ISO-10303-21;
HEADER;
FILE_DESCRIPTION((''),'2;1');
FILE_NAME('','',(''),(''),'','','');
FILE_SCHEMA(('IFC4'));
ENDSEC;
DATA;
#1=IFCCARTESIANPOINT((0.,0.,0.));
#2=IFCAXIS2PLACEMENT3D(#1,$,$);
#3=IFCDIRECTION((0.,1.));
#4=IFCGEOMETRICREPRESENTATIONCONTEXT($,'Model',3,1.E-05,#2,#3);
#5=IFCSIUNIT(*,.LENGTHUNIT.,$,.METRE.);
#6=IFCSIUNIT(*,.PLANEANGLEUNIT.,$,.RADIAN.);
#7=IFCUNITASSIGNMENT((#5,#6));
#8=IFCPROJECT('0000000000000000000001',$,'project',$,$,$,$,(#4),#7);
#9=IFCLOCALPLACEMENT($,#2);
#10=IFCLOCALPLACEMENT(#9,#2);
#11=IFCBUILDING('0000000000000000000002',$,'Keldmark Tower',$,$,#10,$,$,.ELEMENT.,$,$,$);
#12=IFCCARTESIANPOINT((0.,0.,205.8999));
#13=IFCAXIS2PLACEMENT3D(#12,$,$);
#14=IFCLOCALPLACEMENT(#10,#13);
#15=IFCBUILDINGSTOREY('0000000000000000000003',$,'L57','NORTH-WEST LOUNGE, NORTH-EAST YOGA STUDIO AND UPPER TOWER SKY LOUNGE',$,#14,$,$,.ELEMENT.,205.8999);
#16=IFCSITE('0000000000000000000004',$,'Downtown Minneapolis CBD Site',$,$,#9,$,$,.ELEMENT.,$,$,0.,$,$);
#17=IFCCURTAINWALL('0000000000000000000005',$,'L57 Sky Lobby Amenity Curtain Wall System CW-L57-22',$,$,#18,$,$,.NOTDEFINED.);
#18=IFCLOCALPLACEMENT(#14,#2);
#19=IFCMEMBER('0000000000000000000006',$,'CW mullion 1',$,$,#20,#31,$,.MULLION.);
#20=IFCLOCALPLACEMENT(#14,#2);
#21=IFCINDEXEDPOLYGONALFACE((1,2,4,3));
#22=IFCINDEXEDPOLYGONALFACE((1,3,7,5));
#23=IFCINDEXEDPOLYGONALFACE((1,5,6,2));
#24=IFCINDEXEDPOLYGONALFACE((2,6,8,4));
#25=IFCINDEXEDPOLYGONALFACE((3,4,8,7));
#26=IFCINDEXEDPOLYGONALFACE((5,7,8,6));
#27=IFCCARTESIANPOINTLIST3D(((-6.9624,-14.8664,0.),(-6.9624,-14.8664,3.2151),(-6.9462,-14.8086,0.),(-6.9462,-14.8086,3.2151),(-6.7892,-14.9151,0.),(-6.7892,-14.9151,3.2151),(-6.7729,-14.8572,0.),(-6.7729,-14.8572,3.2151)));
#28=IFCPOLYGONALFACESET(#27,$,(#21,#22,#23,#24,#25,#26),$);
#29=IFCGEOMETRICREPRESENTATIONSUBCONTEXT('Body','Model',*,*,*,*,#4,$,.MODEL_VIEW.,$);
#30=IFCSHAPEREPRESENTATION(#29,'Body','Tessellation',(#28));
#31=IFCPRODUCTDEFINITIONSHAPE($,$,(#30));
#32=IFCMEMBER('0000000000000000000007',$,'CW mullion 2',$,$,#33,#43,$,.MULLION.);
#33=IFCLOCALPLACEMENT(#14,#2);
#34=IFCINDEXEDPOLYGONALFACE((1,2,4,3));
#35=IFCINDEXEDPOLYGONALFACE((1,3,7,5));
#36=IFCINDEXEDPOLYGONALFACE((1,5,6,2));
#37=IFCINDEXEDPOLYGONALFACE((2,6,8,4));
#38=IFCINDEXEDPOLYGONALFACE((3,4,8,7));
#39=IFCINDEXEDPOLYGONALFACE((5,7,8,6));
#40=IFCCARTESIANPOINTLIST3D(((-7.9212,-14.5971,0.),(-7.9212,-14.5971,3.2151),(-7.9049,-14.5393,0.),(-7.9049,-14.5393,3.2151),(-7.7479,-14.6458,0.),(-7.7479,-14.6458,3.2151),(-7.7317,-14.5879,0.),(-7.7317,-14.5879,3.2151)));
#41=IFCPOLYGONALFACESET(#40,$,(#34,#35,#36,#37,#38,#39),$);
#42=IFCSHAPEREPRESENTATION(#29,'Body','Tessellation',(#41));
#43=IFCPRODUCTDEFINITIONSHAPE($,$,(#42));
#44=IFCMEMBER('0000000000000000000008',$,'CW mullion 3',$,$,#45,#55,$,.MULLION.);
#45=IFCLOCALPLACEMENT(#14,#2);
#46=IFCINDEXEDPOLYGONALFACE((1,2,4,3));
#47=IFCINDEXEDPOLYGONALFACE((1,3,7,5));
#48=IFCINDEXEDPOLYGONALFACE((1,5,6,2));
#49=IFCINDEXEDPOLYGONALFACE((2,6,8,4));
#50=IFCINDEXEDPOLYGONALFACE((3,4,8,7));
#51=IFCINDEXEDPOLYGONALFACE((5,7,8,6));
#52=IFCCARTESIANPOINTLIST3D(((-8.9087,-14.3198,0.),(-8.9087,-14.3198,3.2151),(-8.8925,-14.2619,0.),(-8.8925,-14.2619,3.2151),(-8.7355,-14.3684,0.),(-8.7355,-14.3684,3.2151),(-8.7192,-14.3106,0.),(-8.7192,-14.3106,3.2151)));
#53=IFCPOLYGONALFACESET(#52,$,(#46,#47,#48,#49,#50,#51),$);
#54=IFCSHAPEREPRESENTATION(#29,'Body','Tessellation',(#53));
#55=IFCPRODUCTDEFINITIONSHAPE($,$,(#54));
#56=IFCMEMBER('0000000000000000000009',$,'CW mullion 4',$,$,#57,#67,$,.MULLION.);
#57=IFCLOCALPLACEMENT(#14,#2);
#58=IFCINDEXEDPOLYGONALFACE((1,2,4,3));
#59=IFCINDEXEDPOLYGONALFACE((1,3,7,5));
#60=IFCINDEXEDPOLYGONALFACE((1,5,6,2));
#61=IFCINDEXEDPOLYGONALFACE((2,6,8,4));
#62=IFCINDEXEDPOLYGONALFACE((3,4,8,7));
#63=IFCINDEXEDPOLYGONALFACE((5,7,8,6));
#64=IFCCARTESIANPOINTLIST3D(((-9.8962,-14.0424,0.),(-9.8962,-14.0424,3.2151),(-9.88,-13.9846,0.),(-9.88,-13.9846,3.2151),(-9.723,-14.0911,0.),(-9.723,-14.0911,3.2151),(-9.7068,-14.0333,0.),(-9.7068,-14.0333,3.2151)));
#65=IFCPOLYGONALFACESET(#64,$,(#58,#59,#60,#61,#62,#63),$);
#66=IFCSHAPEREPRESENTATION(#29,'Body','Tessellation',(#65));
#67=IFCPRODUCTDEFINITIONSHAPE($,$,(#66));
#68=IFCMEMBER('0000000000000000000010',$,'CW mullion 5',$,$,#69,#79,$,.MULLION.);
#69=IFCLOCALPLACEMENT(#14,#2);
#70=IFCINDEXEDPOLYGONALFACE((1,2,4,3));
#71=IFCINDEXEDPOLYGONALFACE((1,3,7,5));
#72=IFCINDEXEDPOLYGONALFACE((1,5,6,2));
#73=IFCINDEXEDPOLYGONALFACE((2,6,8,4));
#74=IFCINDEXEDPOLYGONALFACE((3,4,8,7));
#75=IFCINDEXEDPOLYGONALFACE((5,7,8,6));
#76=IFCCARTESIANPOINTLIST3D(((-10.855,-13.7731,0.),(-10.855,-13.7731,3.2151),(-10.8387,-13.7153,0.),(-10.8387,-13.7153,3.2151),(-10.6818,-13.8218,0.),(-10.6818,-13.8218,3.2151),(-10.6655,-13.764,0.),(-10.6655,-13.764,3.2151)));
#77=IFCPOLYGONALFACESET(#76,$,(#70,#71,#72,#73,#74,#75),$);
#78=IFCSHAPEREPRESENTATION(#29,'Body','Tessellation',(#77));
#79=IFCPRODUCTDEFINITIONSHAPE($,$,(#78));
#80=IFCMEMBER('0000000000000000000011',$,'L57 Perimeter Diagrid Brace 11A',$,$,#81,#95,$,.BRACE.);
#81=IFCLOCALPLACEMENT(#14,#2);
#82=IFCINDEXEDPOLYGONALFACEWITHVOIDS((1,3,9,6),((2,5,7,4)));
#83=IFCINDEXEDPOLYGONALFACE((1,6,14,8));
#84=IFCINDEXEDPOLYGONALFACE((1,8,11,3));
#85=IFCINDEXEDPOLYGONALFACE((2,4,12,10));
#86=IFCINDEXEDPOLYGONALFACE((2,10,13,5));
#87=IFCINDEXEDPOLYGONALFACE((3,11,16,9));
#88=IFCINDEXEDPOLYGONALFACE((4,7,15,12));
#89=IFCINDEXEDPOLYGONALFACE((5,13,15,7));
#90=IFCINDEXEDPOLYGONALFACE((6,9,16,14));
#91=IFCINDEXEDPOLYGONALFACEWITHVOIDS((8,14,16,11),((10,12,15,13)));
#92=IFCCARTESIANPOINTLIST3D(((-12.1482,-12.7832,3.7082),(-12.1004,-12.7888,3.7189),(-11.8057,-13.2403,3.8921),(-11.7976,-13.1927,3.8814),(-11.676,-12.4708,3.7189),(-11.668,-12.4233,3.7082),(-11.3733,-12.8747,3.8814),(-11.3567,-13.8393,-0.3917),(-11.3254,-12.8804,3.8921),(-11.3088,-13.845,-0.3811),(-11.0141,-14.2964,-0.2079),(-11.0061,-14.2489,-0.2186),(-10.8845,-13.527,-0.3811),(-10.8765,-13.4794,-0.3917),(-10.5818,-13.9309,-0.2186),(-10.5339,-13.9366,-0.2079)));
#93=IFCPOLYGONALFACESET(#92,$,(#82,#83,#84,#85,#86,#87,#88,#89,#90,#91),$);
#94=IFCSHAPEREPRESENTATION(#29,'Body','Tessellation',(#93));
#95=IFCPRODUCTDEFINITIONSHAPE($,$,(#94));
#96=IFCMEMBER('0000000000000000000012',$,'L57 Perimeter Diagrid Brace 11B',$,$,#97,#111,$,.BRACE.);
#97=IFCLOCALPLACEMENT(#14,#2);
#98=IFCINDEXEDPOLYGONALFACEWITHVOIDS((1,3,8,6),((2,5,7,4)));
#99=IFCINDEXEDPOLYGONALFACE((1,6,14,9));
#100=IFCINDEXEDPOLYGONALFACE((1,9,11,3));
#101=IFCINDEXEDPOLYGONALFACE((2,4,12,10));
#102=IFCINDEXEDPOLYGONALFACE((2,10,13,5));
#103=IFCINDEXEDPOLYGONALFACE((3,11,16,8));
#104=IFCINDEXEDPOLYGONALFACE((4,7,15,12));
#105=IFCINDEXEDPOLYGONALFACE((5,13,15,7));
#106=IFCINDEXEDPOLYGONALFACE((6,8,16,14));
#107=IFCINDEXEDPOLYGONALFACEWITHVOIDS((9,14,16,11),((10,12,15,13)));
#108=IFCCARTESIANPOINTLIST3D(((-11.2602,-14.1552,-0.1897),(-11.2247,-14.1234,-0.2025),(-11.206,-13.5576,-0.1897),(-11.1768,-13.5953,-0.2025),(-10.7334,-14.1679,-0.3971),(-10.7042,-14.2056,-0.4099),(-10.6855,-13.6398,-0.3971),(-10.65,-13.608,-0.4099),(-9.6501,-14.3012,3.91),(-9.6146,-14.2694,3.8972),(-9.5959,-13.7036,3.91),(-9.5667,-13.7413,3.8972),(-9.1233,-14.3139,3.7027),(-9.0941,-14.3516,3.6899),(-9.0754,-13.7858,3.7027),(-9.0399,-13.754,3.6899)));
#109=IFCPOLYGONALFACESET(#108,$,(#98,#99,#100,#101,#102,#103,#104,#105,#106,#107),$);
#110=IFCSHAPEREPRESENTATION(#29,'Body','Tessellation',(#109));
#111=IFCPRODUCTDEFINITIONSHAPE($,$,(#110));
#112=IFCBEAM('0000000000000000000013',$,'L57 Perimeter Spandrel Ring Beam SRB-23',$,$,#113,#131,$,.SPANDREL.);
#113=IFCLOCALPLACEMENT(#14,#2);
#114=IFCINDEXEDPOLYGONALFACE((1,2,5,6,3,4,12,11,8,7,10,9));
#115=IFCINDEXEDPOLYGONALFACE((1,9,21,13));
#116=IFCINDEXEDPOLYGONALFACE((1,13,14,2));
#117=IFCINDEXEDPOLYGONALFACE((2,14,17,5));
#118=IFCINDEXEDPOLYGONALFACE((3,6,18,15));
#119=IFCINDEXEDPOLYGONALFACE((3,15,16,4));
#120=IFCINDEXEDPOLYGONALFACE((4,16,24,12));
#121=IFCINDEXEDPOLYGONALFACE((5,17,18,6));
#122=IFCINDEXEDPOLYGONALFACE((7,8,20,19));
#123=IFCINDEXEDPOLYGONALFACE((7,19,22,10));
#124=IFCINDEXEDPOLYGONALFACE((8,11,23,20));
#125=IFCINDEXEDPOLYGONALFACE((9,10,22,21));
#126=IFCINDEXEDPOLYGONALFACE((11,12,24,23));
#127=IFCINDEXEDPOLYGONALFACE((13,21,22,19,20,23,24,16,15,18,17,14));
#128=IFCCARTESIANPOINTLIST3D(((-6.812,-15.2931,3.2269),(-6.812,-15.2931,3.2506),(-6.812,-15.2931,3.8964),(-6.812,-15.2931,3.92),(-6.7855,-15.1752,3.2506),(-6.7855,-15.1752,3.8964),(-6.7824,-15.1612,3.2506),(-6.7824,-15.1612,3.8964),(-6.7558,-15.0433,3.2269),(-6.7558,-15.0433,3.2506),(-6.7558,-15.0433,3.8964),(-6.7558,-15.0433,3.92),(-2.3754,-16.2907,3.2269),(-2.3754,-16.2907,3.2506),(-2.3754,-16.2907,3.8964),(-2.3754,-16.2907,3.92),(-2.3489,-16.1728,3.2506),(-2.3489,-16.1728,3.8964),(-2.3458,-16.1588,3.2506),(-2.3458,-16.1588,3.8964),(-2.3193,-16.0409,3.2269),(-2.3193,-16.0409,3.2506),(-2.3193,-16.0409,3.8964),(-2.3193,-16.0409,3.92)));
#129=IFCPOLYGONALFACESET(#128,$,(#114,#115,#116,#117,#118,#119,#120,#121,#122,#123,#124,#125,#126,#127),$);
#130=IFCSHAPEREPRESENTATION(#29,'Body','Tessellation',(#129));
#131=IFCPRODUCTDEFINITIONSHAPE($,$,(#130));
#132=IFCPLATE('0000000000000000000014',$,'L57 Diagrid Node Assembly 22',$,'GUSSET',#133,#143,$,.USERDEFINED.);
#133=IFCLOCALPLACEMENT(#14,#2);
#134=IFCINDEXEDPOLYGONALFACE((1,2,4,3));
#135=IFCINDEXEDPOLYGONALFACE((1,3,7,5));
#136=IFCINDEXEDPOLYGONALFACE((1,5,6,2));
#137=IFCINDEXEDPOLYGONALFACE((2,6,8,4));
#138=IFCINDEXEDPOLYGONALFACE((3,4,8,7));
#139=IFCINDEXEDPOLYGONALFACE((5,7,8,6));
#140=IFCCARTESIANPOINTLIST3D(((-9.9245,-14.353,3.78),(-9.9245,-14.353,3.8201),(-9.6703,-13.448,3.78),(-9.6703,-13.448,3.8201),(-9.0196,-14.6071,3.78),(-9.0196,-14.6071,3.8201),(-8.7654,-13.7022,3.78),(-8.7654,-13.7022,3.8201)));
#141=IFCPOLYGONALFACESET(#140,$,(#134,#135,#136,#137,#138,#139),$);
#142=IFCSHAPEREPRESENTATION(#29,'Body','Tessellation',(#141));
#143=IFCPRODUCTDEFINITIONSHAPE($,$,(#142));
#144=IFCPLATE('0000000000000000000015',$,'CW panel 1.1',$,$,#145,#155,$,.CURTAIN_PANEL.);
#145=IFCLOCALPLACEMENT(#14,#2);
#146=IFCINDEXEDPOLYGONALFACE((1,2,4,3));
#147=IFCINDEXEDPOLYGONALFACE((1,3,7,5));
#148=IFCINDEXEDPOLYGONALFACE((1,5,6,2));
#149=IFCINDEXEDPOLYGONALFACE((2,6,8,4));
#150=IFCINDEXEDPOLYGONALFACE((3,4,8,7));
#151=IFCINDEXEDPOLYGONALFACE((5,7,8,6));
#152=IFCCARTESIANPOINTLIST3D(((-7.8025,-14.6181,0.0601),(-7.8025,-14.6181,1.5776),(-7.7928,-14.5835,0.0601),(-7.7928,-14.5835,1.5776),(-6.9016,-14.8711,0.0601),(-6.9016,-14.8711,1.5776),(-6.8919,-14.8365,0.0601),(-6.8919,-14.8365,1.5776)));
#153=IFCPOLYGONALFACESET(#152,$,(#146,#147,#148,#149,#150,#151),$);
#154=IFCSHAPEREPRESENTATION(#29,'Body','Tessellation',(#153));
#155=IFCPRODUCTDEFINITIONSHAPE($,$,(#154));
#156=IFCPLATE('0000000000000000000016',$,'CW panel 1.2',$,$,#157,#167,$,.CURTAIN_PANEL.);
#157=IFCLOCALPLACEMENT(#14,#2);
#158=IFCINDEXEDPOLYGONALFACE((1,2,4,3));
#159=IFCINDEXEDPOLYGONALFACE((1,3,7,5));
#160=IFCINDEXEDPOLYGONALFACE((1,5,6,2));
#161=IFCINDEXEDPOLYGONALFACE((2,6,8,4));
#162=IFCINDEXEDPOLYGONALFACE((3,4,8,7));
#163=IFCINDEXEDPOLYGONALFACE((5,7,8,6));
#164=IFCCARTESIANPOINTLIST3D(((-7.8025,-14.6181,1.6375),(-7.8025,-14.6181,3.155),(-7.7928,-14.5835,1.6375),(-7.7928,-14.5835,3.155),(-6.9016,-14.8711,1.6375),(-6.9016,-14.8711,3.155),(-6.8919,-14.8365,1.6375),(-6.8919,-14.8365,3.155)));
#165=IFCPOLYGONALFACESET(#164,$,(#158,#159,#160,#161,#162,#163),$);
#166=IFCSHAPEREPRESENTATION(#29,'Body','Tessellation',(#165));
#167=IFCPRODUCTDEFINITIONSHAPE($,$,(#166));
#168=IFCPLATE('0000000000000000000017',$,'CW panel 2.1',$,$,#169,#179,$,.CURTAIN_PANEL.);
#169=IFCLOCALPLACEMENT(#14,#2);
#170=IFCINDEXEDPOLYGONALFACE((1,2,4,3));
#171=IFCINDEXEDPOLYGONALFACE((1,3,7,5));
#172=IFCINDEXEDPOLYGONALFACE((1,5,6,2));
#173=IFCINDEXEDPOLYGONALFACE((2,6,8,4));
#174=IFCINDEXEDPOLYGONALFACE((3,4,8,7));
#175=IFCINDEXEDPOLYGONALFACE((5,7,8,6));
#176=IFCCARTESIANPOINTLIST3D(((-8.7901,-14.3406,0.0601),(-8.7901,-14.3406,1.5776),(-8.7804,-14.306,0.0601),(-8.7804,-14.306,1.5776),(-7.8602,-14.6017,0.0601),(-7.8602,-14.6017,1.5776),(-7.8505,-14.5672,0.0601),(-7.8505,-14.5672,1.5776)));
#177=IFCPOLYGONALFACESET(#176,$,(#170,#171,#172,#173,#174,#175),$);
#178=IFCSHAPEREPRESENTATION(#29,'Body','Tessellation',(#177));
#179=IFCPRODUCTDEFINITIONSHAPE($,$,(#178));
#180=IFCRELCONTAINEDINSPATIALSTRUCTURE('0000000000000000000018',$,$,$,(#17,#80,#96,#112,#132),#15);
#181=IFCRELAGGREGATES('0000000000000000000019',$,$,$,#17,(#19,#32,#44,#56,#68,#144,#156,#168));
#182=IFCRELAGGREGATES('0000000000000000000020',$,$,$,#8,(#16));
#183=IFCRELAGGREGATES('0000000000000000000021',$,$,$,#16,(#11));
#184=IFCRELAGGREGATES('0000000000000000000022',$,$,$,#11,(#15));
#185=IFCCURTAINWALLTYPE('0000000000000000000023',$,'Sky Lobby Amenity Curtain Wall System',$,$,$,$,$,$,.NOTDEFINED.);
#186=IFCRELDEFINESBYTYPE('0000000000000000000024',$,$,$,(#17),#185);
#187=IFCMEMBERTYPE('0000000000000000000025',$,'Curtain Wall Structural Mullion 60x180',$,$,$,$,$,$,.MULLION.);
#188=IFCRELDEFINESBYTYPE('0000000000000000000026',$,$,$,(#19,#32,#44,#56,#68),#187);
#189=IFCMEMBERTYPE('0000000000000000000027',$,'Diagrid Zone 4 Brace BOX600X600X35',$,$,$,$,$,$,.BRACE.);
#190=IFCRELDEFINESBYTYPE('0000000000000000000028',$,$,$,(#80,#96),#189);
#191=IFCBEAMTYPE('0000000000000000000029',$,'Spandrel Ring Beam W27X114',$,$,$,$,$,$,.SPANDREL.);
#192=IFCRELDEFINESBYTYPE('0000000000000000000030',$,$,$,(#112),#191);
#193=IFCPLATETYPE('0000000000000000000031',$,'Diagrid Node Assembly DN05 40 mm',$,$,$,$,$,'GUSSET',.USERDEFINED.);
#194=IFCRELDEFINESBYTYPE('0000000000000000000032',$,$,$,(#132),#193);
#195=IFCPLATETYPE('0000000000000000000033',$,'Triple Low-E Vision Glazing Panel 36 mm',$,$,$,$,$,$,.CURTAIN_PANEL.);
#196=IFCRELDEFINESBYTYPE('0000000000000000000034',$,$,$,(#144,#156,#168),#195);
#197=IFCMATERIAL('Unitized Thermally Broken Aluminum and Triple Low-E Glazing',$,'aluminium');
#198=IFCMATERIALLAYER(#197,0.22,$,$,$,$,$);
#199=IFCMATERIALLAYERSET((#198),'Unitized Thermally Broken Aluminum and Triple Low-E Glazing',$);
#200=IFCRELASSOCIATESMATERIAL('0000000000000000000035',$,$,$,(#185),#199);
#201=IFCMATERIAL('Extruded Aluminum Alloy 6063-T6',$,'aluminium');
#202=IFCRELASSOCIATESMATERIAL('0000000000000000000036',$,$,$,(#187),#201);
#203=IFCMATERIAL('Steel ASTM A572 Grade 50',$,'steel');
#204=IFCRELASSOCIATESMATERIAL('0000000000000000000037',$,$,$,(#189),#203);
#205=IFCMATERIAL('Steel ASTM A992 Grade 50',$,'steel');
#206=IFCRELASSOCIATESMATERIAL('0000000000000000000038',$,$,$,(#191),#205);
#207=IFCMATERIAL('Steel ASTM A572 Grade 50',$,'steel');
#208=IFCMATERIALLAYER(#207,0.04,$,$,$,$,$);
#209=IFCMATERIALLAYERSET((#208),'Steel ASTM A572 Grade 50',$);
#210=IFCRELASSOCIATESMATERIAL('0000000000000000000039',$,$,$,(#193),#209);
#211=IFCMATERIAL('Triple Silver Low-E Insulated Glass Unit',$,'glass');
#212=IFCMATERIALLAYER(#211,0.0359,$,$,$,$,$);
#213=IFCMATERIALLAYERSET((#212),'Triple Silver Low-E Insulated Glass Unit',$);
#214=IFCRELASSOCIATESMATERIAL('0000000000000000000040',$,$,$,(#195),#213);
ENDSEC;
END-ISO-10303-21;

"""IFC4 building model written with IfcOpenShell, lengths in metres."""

from ifc_helpers import new_model, si_unit, direction, frame, origin, origin_2d, place, context, subcontext, project, spatial, rectangle, hollow_rectangle, i_section, extrude, material, layer, layer_set, material_profile, profile_set, type_object, element, aggregate, save


model = new_model("IFC4")

# Units and contexts
model_context = context("Model", 3, precision=1e-05, world=origin(), true_north=direction((0.0, 1.0)))
body_context = subcontext(model_context, "Body", "Model", "MODEL_VIEW")
ifc_project = project(units=[si_unit("LENGTHUNIT", "METRE"), si_unit("PLANEANGLEUNIT", "RADIAN")], contexts=[model_context])

# Site, building, storey
site_placement = place(None, origin())
site = spatial("IfcSite", under=ifc_project, at=site_placement, Name="Downtown Minneapolis CBD Site", CompositionType="ELEMENT", RefElevation=0.0)
building_placement = place(site_placement, origin())
building = spatial("IfcBuilding", under=site, at=building_placement, Name="Keldmark Tower", CompositionType="ELEMENT")
storey_placement = place(building_placement, frame((0.0, 0.0, 205.8999)))
storey = spatial("IfcBuildingStorey", under=building, at=storey_placement, Name="L57", Description="NORTH-WEST LOUNGE, NORTH-EAST YOGA STUDIO AND UPPER TOWER SKY LOUNGE", CompositionType="ELEMENT", Elevation=205.8999)

# Curtain wall, members
ifc_material_1 = material(Name="Unitized Thermally Broken Aluminum and Triple Low-E Glazing", Category="aluminium")
ifc_layer_1 = layer(ifc_material_1, 0.22)
ifc_layer_set_1 = layer_set([ifc_layer_1], Name="Unitized Thermally Broken Aluminum and Triple Low-E Glazing")
curtain_wall_type = type_object("IfcCurtainWallType", Name="Sky Lobby Amenity Curtain Wall System", PredefinedType="NOTDEFINED", material=ifc_layer_set_1)
curtain_wall_placement = place(storey_placement, origin())
curtain_wall = element("IfcCurtainWall", 1, at=curtain_wall_placement, inside=storey, type_object=curtain_wall_type, Name="L57 Sky Lobby Amenity Curtain Wall System CW-L57-22", PredefinedType="NOTDEFINED")
ifc_material_2 = material(Name="Extruded Aluminum Alloy 6063-T6", Category="aluminium")
ifc_material_profile_1 = material_profile(ifc_material_2, rectangle(XDim=0.0601, YDim=0.1799, at=origin_2d()), Name="CWM60X180")
ifc_profile_set_1 = profile_set([ifc_material_profile_1], Name="Extruded Aluminum Alloy 6063-T6")
member_type_1 = type_object("IfcMemberType", Name="Curtain Wall Structural Mullion 60x180", PredefinedType="MULLION", material=ifc_profile_set_1)
member_1_placement = place(storey_placement, frame((-6.8677, -14.8618, 0.0), z_axis=(0.0, 0.0, 1.0), x_axis=(-0.270402, -0.962748, 0.0)))
member_1 = element("IfcMember", 2, at=member_1_placement, type_object=member_type_1, Name="CW mullion 1", PredefinedType="MULLION", context=body_context, shape_type="SweptSolid", body=[
    extrude(rectangle(XDim=0.0601, YDim=0.1799, at=origin_2d()), origin(), (0.0, 0.0, 1.0), 3.2151),
])
member_2_placement = place(storey_placement, frame((-7.8264, -14.5925, 0.0), z_axis=(0.0, 0.0, 1.0), x_axis=(-0.270402, -0.962748, 0.0)))
member_2 = element("IfcMember", 3, at=member_2_placement, type_object=member_type_1, Name="CW mullion 2", PredefinedType="MULLION", context=body_context, shape_type="SweptSolid", body=[
    extrude(rectangle(XDim=0.0601, YDim=0.1799, at=origin_2d()), origin(), (0.0, 0.0, 1.0), 3.2151),
])
member_3_placement = place(storey_placement, frame((-8.814, -14.3152, 0.0), z_axis=(0.0, 0.0, 1.0), x_axis=(-0.270402, -0.962748, 0.0)))
member_3 = element("IfcMember", 4, at=member_3_placement, type_object=member_type_1, Name="CW mullion 3", PredefinedType="MULLION", context=body_context, shape_type="SweptSolid", body=[
    extrude(rectangle(XDim=0.0601, YDim=0.1799, at=origin_2d()), origin(), (0.0, 0.0, 1.0), 3.2151),
])
member_4_placement = place(storey_placement, frame((-9.8015, -14.0378, 0.0), z_axis=(0.0, 0.0, 1.0), x_axis=(-0.270402, -0.962748, 0.0)))
member_4 = element("IfcMember", 5, at=member_4_placement, type_object=member_type_1, Name="CW mullion 4", PredefinedType="MULLION", context=body_context, shape_type="SweptSolid", body=[
    extrude(rectangle(XDim=0.0601, YDim=0.1799, at=origin_2d()), origin(), (0.0, 0.0, 1.0), 3.2151),
])
member_5_placement = place(storey_placement, frame((-10.7603, -13.7686, 0.0), z_axis=(0.0, 0.0, 1.0), x_axis=(-0.270402, -0.962748, 0.0)))
member_5 = element("IfcMember", 6, at=member_5_placement, type_object=member_type_1, Name="CW mullion 5", PredefinedType="MULLION", context=body_context, shape_type="SweptSolid", body=[
    extrude(rectangle(XDim=0.0601, YDim=0.1799, at=origin_2d()), origin(), (0.0, 0.0, 1.0), 3.2151),
])

# Members
ifc_material_3 = material(Name="Steel ASTM A572 Grade 50", Category="steel")
ifc_material_profile_2 = material_profile(ifc_material_3, hollow_rectangle(XDim=0.6001, YDim=0.6001, WallThickness=0.0349, at=origin_2d()), Name="BOX600X600X35")
ifc_profile_set_2 = profile_set([ifc_material_profile_2], Name="Steel ASTM A572 Grade 50")
member_type_2 = type_object("IfcMemberType", Name="Diagrid Zone 4 Brace BOX600X600X35", PredefinedType="BRACE", material=ifc_profile_set_2)
member_6_placement = place(storey_placement, frame((-10.9453, -13.8879, -0.2998), z_axis=(-0.183769, 0.245214, 0.951892), x_axis=(-0.800222, -0.599704, 0.0)))
element("IfcMember", 7, at=member_6_placement, inside=storey, type_object=member_type_2, Name="L57 Perimeter Diagrid Brace 11A", PredefinedType="BRACE", context=body_context, shape_type="SweptSolid", body=[
    extrude(hollow_rectangle(XDim=0.6001, YDim=0.6001, WallThickness=0.0349, at=origin_2d()), origin(), (0.0, 0.0, 1.0), 4.3071),
])
member_7_placement = place(storey_placement, frame((-10.9551, -13.8816, -0.2998), z_axis=(0.365344, -0.033127, 0.930283), x_axis=(0.090304, 0.995914, 0.0)))
element("IfcMember", 8, at=member_7_placement, inside=storey, type_object=member_type_2, Name="L57 Perimeter Diagrid Brace 11B", PredefinedType="BRACE", context=body_context, shape_type="SweptSolid", body=[
    extrude(hollow_rectangle(XDim=0.6001, YDim=0.6001, WallThickness=0.0349, at=origin_2d()), origin(), (0.0, 0.0, 1.0), 4.407),
])

# Beam
ifc_material_4 = material(Name="Steel ASTM A992 Grade 50", Category="steel")
ifc_material_profile_3 = material_profile(ifc_material_4, i_section(OverallWidth=0.2561, OverallDepth=0.6931, WebThickness=0.0144, FlangeThickness=0.0237, at=origin_2d()), Name="W27X114")
ifc_profile_set_3 = profile_set([ifc_material_profile_3], Name="Steel ASTM A992 Grade 50")
beam_type_1 = type_object("IfcBeamType", Name="Spandrel Ring Beam W27X114", PredefinedType="SPANDREL", material=ifc_profile_set_3)
beam_1_placement = place(storey_placement, frame((-6.7839, -15.1682, 3.5735), z_axis=(0.975641, -0.219374, 0.0), x_axis=(0.219374, 0.975641, 0.0)))
element("IfcBeam", 9, at=beam_1_placement, inside=storey, type_object=beam_type_1, Name="L57 Perimeter Spandrel Ring Beam SRB-23", PredefinedType="SPANDREL", context=body_context, shape_type="SweptSolid", body=[
    extrude(i_section(OverallWidth=0.2561, OverallDepth=0.6931, WebThickness=0.0144, FlangeThickness=0.0237, at=origin_2d()), origin(), (0.0, 0.0, 1.0), 4.5474),
])

# Plates
ifc_material_5 = material(Name="Steel ASTM A572 Grade 50", Category="steel")
ifc_layer_2 = layer(ifc_material_5, 0.04)
ifc_layer_set_2 = layer_set([ifc_layer_2], Name="Steel ASTM A572 Grade 50")
plate_type_1 = type_object("IfcPlateType", Name="Diagrid Node Assembly DN05 40 mm", ElementType="GUSSET", PredefinedType="USERDEFINED", material=ifc_layer_set_2)
plate_1_placement = place(storey_placement, frame((-9.345, -14.0276, 3.78), z_axis=(0.0, 0.0, 1.0), x_axis=(0.962739, -0.270432, 0.0)))
element("IfcPlate", 10, at=plate_1_placement, inside=storey, type_object=plate_type_1, Name="L57 Diagrid Node Assembly 22", ObjectType="GUSSET", PredefinedType="USERDEFINED", context=body_context, shape_type="SweptSolid", body=[
    extrude(rectangle(XDim=0.9399, YDim=0.9399, at=origin_2d()), origin(), (0.0, 0.0, 1.0), 0.04),
])
ifc_material_6 = material(Name="Triple Silver Low-E Insulated Glass Unit", Category="glass")
ifc_layer_3 = layer(ifc_material_6, 0.0359)
ifc_layer_set_3 = layer_set([ifc_layer_3], Name="Triple Silver Low-E Insulated Glass Unit")
plate_type_2 = type_object("IfcPlateType", Name="Triple Low-E Vision Glazing Panel 36 mm", PredefinedType="CURTAIN_PANEL", material=ifc_layer_set_3)
plate_2_placement = place(storey_placement, frame((-7.3472, -14.7273, 0.0601), z_axis=(0.0, 0.0, 1.0), x_axis=(-0.962748, 0.270402, 0.0)))
plate_2 = element("IfcPlate", 11, at=plate_2_placement, type_object=plate_type_2, Name="CW panel 1.1", PredefinedType="CURTAIN_PANEL", context=body_context, shape_type="SweptSolid", body=[
    extrude(rectangle(XDim=0.9358, YDim=0.0359, at=origin_2d()), origin(), (0.0, 0.0, 1.0), 1.5176),
])
plate_3_placement = place(storey_placement, frame((-7.3472, -14.7273, 1.6375), z_axis=(0.0, 0.0, 1.0), x_axis=(-0.962748, 0.270402, 0.0)))
plate_3 = element("IfcPlate", 12, at=plate_3_placement, type_object=plate_type_2, Name="CW panel 1.2", PredefinedType="CURTAIN_PANEL", context=body_context, shape_type="SweptSolid", body=[
    extrude(rectangle(XDim=0.9358, YDim=0.0359, at=origin_2d()), origin(), (0.0, 0.0, 1.0), 1.5176),
])
plate_4_placement = place(storey_placement, frame((-8.3203, -14.4539, 0.0601), z_axis=(0.0, 0.0, 1.0), x_axis=(-0.962748, 0.270402, 0.0)))
plate_4 = element("IfcPlate", 13, at=plate_4_placement, type_object=plate_type_2, Name="CW panel 2.1", PredefinedType="CURTAIN_PANEL", context=body_context, shape_type="SweptSolid", body=[
    extrude(rectangle(XDim=0.9658, YDim=0.0359, at=origin_2d()), origin(), (0.0, 0.0, 1.0), 1.5176),
])
aggregate(curtain_wall, [member_1, member_2, member_3, member_4, member_5, plate_2, plate_3, plate_4])

save(model, "model.ifc")
